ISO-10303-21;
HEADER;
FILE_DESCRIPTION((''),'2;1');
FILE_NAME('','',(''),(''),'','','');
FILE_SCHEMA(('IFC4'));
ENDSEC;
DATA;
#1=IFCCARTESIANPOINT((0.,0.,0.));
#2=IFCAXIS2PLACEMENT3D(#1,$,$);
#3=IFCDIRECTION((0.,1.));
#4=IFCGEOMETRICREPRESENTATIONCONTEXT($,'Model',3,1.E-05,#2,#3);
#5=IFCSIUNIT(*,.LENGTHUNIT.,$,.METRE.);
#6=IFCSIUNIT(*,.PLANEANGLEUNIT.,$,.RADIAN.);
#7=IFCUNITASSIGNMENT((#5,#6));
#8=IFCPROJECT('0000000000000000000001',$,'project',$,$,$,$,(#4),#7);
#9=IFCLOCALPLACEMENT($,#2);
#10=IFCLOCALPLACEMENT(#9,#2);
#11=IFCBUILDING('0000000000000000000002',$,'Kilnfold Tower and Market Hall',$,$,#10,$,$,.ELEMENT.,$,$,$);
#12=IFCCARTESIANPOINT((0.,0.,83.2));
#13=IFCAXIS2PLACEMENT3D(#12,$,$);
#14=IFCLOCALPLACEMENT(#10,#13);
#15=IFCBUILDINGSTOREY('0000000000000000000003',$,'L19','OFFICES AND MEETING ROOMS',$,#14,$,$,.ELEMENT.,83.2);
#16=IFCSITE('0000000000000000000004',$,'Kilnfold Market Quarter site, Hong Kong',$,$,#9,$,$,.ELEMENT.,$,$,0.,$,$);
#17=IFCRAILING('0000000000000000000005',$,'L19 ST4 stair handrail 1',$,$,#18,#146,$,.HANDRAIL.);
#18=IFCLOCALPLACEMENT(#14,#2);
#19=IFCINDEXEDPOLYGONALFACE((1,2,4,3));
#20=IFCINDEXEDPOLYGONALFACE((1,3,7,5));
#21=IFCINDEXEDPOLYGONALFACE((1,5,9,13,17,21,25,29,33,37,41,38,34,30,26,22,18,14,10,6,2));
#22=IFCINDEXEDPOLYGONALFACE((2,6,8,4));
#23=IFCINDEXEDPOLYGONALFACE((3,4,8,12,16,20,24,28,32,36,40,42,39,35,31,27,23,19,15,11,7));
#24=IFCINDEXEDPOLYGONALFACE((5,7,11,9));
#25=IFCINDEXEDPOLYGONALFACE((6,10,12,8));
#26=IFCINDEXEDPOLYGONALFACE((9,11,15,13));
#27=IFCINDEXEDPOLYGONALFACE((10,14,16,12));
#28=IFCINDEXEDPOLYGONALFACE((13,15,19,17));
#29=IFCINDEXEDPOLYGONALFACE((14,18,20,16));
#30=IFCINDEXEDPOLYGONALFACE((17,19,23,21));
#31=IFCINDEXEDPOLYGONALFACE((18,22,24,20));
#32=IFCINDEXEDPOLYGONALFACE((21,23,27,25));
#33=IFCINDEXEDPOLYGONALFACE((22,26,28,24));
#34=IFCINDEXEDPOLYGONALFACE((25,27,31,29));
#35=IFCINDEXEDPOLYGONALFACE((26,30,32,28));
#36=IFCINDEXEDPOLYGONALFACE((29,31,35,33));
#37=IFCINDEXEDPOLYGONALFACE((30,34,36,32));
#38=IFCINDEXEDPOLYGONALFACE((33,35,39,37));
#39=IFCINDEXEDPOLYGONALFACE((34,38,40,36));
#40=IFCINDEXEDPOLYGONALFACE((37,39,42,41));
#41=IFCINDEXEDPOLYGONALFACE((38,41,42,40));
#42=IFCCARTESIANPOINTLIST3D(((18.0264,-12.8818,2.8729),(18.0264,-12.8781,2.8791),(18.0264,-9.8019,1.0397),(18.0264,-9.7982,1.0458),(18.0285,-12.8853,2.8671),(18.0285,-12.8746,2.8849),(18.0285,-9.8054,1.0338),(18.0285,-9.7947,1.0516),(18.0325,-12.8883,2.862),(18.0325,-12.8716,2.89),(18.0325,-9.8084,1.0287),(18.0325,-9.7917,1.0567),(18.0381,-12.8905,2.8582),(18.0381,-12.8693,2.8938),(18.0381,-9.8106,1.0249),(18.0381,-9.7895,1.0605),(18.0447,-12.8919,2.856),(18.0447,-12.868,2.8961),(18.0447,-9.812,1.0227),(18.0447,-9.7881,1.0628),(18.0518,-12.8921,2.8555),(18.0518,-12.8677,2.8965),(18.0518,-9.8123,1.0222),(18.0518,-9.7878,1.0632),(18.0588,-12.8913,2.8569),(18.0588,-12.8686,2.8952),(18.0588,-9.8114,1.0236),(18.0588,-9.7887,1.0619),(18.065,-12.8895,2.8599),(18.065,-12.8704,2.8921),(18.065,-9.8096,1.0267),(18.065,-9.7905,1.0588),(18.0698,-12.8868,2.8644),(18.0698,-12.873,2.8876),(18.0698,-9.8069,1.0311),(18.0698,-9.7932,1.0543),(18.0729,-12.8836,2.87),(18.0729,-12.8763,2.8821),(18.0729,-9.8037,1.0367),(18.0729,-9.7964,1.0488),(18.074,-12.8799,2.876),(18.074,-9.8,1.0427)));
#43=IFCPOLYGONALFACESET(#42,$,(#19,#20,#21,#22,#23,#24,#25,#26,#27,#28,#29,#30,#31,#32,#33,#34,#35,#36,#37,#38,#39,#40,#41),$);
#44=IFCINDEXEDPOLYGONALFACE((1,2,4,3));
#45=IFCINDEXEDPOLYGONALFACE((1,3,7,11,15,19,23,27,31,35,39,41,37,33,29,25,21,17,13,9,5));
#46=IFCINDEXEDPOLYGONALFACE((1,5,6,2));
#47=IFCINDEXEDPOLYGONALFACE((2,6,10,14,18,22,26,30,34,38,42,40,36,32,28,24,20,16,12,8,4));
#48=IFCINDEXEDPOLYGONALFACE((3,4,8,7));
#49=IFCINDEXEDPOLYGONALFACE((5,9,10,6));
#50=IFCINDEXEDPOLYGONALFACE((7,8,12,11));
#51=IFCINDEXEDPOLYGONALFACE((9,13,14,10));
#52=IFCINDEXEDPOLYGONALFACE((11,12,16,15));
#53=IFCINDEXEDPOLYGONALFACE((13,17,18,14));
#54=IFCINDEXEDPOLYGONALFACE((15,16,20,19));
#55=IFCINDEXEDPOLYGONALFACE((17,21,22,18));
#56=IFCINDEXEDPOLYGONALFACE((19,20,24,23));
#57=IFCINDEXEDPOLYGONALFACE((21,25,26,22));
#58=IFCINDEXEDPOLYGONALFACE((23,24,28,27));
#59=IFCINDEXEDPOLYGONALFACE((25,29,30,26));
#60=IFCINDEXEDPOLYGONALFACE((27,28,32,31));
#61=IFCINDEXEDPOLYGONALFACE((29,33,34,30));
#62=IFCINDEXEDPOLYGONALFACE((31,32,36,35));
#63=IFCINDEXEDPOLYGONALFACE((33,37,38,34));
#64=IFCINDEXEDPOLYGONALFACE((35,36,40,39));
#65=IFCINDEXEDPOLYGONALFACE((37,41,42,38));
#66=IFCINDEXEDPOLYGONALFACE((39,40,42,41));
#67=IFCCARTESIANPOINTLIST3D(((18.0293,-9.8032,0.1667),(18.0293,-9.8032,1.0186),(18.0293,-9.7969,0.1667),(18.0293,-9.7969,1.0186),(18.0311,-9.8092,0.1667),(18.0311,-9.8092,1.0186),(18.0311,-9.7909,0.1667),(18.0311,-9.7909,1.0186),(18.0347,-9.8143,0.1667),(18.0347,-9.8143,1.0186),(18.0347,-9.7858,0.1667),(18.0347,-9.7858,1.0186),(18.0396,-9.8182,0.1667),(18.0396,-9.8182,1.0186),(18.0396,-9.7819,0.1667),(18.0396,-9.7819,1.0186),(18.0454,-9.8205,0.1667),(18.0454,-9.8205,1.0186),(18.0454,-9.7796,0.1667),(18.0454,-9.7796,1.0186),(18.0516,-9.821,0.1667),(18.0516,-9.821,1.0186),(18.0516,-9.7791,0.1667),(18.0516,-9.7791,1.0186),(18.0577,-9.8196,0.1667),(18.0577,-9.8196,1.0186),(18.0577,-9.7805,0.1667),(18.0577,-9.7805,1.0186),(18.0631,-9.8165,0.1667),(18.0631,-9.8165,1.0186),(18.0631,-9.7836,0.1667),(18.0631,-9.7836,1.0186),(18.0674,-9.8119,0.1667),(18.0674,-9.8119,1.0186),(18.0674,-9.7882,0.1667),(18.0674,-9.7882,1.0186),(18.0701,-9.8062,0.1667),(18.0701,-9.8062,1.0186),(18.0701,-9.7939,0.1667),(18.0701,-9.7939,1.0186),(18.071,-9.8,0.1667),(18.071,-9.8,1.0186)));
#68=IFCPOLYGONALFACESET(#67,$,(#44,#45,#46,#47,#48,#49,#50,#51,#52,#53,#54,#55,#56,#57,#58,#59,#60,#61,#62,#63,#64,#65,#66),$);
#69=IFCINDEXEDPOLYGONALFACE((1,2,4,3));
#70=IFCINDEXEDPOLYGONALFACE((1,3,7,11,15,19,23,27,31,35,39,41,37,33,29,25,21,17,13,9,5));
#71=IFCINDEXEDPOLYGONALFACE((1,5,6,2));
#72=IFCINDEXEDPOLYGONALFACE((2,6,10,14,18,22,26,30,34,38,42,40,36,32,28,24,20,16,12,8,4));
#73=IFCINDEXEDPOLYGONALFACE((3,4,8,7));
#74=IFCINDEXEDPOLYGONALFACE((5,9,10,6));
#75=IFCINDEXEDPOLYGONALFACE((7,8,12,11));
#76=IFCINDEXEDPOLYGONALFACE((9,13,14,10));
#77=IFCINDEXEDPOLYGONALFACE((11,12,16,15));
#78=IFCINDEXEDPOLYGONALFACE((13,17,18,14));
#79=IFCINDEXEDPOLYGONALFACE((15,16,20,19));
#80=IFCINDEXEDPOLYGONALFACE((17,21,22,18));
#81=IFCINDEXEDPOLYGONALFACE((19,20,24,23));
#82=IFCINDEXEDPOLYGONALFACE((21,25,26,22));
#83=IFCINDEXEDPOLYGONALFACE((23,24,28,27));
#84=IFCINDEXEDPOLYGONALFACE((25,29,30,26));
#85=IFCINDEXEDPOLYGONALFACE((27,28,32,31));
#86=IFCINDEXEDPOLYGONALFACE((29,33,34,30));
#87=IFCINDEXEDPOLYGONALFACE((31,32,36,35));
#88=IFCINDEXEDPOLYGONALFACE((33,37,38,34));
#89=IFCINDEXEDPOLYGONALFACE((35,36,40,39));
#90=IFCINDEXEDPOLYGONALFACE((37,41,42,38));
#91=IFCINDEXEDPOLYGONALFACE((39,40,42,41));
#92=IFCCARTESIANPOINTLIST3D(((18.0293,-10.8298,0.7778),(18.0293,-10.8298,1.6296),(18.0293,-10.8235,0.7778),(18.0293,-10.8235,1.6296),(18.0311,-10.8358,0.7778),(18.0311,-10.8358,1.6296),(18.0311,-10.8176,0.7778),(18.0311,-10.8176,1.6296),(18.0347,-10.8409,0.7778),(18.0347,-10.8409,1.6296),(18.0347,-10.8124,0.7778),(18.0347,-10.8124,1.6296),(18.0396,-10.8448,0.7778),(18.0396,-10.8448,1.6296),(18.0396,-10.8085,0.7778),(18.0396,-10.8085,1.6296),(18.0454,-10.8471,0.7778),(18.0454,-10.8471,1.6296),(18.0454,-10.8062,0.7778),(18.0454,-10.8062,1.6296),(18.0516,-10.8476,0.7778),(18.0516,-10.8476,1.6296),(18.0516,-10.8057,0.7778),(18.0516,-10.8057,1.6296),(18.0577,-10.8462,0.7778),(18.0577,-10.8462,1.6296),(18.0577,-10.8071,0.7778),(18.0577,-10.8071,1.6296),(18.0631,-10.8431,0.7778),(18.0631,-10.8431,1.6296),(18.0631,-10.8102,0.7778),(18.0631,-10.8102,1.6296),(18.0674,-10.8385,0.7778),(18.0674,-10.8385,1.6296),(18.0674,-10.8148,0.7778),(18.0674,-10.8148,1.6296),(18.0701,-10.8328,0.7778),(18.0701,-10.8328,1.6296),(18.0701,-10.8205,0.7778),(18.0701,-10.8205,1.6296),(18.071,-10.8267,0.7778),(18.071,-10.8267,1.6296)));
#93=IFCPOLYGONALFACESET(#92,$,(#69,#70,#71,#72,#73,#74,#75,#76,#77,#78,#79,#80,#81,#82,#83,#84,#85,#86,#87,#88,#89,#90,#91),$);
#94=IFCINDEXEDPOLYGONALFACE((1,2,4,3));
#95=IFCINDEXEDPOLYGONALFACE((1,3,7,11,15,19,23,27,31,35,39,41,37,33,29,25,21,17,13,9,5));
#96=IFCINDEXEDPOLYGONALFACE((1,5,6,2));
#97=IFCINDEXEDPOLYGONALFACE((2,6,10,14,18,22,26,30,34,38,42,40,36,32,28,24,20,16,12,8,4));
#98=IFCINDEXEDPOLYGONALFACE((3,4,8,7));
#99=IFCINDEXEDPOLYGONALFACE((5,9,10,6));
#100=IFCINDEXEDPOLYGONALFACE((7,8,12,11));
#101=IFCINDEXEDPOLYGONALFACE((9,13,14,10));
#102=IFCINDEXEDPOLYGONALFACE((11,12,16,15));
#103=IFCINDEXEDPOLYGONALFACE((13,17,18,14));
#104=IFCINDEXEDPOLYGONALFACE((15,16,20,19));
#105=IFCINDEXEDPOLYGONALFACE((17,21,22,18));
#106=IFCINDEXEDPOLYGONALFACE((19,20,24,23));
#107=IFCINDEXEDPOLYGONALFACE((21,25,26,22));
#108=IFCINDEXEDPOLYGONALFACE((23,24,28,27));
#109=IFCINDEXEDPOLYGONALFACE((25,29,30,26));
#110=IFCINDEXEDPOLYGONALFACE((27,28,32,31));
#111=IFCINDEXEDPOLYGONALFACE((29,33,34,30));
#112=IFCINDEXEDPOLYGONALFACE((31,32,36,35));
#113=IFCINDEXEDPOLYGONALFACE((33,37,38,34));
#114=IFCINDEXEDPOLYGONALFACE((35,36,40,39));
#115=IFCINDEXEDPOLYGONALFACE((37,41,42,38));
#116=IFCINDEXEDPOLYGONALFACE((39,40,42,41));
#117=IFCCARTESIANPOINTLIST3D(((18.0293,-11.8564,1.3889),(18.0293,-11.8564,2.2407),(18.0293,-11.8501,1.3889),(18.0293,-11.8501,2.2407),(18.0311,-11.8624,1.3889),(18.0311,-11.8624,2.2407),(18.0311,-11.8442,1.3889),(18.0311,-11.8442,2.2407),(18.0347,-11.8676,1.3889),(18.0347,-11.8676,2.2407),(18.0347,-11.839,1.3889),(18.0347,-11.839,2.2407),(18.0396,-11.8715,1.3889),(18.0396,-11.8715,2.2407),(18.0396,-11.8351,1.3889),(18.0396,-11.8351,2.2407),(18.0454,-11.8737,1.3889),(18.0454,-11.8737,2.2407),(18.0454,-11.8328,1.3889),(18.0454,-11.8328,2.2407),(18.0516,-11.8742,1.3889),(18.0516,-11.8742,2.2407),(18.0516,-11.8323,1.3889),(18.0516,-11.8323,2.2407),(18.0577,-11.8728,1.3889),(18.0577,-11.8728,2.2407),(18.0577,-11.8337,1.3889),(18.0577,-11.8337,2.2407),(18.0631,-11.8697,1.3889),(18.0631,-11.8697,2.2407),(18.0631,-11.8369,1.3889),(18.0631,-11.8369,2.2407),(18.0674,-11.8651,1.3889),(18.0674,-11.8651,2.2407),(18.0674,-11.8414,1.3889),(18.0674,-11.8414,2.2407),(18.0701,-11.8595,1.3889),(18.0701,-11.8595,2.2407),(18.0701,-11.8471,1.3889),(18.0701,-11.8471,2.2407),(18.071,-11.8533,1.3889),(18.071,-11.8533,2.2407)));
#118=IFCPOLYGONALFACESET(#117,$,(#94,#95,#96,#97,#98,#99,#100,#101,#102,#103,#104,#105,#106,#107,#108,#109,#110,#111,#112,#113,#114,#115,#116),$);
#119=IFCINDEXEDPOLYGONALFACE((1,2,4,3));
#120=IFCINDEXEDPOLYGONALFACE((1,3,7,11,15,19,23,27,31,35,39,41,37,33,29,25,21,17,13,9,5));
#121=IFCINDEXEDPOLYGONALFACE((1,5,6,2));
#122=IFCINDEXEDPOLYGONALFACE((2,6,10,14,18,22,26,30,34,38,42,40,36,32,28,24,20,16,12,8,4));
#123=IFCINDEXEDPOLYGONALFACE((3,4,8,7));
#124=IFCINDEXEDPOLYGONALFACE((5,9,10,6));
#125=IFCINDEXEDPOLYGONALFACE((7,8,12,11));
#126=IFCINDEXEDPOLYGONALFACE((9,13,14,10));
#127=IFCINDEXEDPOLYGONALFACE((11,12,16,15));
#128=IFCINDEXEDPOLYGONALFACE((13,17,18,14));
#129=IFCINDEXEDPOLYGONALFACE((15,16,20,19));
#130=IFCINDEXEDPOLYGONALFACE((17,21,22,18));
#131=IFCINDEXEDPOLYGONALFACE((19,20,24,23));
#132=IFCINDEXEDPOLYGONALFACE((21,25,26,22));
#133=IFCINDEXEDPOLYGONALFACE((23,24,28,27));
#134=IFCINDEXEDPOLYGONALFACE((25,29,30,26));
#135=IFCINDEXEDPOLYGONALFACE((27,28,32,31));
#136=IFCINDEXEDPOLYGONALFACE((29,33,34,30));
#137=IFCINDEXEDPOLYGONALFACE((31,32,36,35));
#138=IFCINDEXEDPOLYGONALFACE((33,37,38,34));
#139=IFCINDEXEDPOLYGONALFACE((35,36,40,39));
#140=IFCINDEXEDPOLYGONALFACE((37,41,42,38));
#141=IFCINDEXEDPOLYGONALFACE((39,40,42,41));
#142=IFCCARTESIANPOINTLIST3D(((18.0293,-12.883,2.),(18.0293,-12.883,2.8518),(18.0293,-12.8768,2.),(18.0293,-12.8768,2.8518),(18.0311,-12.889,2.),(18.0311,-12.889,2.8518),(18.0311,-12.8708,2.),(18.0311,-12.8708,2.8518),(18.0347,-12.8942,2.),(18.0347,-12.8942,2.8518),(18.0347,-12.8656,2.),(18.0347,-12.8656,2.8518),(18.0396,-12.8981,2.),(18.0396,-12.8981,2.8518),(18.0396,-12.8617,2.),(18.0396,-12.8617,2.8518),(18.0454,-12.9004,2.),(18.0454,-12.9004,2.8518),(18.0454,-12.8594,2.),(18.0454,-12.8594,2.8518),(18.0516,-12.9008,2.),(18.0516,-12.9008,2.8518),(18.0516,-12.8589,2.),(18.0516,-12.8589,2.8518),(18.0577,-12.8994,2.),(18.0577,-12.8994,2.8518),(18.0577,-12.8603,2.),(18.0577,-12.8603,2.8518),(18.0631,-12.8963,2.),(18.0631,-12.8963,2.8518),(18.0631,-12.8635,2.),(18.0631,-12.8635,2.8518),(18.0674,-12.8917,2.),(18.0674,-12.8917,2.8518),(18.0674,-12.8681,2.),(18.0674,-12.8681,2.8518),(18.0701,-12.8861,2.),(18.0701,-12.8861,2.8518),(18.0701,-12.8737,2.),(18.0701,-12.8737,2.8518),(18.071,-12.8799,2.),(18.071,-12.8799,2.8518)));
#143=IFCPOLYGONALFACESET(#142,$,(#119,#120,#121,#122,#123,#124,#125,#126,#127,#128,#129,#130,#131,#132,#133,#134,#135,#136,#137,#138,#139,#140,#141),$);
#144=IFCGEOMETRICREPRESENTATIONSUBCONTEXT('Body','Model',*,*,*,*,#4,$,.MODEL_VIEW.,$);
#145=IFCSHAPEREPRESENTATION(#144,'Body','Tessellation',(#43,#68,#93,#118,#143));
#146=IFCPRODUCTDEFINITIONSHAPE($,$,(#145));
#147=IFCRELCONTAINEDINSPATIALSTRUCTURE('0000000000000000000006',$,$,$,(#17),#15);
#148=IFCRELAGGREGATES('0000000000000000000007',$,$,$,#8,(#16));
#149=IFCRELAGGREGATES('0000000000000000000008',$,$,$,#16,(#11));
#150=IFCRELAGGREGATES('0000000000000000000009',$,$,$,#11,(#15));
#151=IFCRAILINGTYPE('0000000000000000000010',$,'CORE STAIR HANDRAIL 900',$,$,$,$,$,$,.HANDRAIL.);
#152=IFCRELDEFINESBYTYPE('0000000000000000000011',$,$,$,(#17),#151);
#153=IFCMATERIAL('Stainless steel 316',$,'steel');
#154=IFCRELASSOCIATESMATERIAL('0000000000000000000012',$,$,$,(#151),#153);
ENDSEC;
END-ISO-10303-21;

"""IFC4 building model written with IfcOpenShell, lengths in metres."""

from ifc_helpers import new_model, si_unit, direction, frame, origin, origin_2d, place, context, subcontext, project, spatial, circle, extrude, material, type_object, element, save


model = new_model("IFC4")

# Units and contexts
model_context = context("Model", 3, precision=1e-05, world=origin(), true_north=direction((0.0, 1.0)))
body_context = subcontext(model_context, "Body", "Model", "MODEL_VIEW")
ifc_project = project(units=[si_unit("LENGTHUNIT", "METRE"), si_unit("PLANEANGLEUNIT", "RADIAN")], contexts=[model_context])

# Site, building, storey
site_placement = place(None, origin())
site = spatial("IfcSite", under=ifc_project, at=site_placement, Name="Kilnfold Market Quarter site, Hong Kong", CompositionType="ELEMENT", RefElevation=0.0)
building_placement = place(site_placement, origin())
building = spatial("IfcBuilding", under=site, at=building_placement, Name="Kilnfold Tower and Market Hall", CompositionType="ELEMENT")
storey_placement = place(building_placement, frame((0.0, 0.0, 83.2)))
storey = spatial("IfcBuildingStorey", under=building, at=storey_placement, Name="L19", Description="OFFICES AND MEETING ROOMS", CompositionType="ELEMENT", Elevation=83.2)

# Railing
ifc_material_1 = material(Name="Stainless steel 316", Category="steel")
railing_type_1 = type_object("IfcRailingType", Name="CORE STAIR HANDRAIL 900", PredefinedType="HANDRAIL", material=ifc_material_1)
railing_1_placement = place(storey_placement, frame((18.05, -9.8, 0.1667)))
element("IfcRailing", 1, at=railing_1_placement, inside=storey, type_object=railing_type_1, Name="L19 ST4 stair handrail 1", PredefinedType="HANDRAIL", context=body_context, shape_type="SweptSolid", body=[
    extrude(circle(Radius=0.0239, at=origin_2d()), frame((0.0, 0.0, 0.876), z_axis=(0.0, -0.859291, 0.511487), x_axis=(1.0, 0.0, 0.0)), (0.0, 0.0, 1.0), 3.5842),
    extrude(circle(Radius=0.021, at=origin_2d()), origin(), (0.0, 0.0, 1.0), 0.8518),
    extrude(circle(Radius=0.021, at=origin_2d()), frame((0.0, -1.0266, 0.6111)), (0.0, 0.0, 1.0), 0.8518),
    extrude(circle(Radius=0.021, at=origin_2d()), frame((0.0, -2.0532, 1.2222)), (0.0, 0.0, 1.0), 0.8518),
    extrude(circle(Radius=0.021, at=origin_2d()), frame((0.0, -3.0798, 1.8333)), (0.0, 0.0, 1.0), 0.8518),
])

save(model, "model.ifc")
